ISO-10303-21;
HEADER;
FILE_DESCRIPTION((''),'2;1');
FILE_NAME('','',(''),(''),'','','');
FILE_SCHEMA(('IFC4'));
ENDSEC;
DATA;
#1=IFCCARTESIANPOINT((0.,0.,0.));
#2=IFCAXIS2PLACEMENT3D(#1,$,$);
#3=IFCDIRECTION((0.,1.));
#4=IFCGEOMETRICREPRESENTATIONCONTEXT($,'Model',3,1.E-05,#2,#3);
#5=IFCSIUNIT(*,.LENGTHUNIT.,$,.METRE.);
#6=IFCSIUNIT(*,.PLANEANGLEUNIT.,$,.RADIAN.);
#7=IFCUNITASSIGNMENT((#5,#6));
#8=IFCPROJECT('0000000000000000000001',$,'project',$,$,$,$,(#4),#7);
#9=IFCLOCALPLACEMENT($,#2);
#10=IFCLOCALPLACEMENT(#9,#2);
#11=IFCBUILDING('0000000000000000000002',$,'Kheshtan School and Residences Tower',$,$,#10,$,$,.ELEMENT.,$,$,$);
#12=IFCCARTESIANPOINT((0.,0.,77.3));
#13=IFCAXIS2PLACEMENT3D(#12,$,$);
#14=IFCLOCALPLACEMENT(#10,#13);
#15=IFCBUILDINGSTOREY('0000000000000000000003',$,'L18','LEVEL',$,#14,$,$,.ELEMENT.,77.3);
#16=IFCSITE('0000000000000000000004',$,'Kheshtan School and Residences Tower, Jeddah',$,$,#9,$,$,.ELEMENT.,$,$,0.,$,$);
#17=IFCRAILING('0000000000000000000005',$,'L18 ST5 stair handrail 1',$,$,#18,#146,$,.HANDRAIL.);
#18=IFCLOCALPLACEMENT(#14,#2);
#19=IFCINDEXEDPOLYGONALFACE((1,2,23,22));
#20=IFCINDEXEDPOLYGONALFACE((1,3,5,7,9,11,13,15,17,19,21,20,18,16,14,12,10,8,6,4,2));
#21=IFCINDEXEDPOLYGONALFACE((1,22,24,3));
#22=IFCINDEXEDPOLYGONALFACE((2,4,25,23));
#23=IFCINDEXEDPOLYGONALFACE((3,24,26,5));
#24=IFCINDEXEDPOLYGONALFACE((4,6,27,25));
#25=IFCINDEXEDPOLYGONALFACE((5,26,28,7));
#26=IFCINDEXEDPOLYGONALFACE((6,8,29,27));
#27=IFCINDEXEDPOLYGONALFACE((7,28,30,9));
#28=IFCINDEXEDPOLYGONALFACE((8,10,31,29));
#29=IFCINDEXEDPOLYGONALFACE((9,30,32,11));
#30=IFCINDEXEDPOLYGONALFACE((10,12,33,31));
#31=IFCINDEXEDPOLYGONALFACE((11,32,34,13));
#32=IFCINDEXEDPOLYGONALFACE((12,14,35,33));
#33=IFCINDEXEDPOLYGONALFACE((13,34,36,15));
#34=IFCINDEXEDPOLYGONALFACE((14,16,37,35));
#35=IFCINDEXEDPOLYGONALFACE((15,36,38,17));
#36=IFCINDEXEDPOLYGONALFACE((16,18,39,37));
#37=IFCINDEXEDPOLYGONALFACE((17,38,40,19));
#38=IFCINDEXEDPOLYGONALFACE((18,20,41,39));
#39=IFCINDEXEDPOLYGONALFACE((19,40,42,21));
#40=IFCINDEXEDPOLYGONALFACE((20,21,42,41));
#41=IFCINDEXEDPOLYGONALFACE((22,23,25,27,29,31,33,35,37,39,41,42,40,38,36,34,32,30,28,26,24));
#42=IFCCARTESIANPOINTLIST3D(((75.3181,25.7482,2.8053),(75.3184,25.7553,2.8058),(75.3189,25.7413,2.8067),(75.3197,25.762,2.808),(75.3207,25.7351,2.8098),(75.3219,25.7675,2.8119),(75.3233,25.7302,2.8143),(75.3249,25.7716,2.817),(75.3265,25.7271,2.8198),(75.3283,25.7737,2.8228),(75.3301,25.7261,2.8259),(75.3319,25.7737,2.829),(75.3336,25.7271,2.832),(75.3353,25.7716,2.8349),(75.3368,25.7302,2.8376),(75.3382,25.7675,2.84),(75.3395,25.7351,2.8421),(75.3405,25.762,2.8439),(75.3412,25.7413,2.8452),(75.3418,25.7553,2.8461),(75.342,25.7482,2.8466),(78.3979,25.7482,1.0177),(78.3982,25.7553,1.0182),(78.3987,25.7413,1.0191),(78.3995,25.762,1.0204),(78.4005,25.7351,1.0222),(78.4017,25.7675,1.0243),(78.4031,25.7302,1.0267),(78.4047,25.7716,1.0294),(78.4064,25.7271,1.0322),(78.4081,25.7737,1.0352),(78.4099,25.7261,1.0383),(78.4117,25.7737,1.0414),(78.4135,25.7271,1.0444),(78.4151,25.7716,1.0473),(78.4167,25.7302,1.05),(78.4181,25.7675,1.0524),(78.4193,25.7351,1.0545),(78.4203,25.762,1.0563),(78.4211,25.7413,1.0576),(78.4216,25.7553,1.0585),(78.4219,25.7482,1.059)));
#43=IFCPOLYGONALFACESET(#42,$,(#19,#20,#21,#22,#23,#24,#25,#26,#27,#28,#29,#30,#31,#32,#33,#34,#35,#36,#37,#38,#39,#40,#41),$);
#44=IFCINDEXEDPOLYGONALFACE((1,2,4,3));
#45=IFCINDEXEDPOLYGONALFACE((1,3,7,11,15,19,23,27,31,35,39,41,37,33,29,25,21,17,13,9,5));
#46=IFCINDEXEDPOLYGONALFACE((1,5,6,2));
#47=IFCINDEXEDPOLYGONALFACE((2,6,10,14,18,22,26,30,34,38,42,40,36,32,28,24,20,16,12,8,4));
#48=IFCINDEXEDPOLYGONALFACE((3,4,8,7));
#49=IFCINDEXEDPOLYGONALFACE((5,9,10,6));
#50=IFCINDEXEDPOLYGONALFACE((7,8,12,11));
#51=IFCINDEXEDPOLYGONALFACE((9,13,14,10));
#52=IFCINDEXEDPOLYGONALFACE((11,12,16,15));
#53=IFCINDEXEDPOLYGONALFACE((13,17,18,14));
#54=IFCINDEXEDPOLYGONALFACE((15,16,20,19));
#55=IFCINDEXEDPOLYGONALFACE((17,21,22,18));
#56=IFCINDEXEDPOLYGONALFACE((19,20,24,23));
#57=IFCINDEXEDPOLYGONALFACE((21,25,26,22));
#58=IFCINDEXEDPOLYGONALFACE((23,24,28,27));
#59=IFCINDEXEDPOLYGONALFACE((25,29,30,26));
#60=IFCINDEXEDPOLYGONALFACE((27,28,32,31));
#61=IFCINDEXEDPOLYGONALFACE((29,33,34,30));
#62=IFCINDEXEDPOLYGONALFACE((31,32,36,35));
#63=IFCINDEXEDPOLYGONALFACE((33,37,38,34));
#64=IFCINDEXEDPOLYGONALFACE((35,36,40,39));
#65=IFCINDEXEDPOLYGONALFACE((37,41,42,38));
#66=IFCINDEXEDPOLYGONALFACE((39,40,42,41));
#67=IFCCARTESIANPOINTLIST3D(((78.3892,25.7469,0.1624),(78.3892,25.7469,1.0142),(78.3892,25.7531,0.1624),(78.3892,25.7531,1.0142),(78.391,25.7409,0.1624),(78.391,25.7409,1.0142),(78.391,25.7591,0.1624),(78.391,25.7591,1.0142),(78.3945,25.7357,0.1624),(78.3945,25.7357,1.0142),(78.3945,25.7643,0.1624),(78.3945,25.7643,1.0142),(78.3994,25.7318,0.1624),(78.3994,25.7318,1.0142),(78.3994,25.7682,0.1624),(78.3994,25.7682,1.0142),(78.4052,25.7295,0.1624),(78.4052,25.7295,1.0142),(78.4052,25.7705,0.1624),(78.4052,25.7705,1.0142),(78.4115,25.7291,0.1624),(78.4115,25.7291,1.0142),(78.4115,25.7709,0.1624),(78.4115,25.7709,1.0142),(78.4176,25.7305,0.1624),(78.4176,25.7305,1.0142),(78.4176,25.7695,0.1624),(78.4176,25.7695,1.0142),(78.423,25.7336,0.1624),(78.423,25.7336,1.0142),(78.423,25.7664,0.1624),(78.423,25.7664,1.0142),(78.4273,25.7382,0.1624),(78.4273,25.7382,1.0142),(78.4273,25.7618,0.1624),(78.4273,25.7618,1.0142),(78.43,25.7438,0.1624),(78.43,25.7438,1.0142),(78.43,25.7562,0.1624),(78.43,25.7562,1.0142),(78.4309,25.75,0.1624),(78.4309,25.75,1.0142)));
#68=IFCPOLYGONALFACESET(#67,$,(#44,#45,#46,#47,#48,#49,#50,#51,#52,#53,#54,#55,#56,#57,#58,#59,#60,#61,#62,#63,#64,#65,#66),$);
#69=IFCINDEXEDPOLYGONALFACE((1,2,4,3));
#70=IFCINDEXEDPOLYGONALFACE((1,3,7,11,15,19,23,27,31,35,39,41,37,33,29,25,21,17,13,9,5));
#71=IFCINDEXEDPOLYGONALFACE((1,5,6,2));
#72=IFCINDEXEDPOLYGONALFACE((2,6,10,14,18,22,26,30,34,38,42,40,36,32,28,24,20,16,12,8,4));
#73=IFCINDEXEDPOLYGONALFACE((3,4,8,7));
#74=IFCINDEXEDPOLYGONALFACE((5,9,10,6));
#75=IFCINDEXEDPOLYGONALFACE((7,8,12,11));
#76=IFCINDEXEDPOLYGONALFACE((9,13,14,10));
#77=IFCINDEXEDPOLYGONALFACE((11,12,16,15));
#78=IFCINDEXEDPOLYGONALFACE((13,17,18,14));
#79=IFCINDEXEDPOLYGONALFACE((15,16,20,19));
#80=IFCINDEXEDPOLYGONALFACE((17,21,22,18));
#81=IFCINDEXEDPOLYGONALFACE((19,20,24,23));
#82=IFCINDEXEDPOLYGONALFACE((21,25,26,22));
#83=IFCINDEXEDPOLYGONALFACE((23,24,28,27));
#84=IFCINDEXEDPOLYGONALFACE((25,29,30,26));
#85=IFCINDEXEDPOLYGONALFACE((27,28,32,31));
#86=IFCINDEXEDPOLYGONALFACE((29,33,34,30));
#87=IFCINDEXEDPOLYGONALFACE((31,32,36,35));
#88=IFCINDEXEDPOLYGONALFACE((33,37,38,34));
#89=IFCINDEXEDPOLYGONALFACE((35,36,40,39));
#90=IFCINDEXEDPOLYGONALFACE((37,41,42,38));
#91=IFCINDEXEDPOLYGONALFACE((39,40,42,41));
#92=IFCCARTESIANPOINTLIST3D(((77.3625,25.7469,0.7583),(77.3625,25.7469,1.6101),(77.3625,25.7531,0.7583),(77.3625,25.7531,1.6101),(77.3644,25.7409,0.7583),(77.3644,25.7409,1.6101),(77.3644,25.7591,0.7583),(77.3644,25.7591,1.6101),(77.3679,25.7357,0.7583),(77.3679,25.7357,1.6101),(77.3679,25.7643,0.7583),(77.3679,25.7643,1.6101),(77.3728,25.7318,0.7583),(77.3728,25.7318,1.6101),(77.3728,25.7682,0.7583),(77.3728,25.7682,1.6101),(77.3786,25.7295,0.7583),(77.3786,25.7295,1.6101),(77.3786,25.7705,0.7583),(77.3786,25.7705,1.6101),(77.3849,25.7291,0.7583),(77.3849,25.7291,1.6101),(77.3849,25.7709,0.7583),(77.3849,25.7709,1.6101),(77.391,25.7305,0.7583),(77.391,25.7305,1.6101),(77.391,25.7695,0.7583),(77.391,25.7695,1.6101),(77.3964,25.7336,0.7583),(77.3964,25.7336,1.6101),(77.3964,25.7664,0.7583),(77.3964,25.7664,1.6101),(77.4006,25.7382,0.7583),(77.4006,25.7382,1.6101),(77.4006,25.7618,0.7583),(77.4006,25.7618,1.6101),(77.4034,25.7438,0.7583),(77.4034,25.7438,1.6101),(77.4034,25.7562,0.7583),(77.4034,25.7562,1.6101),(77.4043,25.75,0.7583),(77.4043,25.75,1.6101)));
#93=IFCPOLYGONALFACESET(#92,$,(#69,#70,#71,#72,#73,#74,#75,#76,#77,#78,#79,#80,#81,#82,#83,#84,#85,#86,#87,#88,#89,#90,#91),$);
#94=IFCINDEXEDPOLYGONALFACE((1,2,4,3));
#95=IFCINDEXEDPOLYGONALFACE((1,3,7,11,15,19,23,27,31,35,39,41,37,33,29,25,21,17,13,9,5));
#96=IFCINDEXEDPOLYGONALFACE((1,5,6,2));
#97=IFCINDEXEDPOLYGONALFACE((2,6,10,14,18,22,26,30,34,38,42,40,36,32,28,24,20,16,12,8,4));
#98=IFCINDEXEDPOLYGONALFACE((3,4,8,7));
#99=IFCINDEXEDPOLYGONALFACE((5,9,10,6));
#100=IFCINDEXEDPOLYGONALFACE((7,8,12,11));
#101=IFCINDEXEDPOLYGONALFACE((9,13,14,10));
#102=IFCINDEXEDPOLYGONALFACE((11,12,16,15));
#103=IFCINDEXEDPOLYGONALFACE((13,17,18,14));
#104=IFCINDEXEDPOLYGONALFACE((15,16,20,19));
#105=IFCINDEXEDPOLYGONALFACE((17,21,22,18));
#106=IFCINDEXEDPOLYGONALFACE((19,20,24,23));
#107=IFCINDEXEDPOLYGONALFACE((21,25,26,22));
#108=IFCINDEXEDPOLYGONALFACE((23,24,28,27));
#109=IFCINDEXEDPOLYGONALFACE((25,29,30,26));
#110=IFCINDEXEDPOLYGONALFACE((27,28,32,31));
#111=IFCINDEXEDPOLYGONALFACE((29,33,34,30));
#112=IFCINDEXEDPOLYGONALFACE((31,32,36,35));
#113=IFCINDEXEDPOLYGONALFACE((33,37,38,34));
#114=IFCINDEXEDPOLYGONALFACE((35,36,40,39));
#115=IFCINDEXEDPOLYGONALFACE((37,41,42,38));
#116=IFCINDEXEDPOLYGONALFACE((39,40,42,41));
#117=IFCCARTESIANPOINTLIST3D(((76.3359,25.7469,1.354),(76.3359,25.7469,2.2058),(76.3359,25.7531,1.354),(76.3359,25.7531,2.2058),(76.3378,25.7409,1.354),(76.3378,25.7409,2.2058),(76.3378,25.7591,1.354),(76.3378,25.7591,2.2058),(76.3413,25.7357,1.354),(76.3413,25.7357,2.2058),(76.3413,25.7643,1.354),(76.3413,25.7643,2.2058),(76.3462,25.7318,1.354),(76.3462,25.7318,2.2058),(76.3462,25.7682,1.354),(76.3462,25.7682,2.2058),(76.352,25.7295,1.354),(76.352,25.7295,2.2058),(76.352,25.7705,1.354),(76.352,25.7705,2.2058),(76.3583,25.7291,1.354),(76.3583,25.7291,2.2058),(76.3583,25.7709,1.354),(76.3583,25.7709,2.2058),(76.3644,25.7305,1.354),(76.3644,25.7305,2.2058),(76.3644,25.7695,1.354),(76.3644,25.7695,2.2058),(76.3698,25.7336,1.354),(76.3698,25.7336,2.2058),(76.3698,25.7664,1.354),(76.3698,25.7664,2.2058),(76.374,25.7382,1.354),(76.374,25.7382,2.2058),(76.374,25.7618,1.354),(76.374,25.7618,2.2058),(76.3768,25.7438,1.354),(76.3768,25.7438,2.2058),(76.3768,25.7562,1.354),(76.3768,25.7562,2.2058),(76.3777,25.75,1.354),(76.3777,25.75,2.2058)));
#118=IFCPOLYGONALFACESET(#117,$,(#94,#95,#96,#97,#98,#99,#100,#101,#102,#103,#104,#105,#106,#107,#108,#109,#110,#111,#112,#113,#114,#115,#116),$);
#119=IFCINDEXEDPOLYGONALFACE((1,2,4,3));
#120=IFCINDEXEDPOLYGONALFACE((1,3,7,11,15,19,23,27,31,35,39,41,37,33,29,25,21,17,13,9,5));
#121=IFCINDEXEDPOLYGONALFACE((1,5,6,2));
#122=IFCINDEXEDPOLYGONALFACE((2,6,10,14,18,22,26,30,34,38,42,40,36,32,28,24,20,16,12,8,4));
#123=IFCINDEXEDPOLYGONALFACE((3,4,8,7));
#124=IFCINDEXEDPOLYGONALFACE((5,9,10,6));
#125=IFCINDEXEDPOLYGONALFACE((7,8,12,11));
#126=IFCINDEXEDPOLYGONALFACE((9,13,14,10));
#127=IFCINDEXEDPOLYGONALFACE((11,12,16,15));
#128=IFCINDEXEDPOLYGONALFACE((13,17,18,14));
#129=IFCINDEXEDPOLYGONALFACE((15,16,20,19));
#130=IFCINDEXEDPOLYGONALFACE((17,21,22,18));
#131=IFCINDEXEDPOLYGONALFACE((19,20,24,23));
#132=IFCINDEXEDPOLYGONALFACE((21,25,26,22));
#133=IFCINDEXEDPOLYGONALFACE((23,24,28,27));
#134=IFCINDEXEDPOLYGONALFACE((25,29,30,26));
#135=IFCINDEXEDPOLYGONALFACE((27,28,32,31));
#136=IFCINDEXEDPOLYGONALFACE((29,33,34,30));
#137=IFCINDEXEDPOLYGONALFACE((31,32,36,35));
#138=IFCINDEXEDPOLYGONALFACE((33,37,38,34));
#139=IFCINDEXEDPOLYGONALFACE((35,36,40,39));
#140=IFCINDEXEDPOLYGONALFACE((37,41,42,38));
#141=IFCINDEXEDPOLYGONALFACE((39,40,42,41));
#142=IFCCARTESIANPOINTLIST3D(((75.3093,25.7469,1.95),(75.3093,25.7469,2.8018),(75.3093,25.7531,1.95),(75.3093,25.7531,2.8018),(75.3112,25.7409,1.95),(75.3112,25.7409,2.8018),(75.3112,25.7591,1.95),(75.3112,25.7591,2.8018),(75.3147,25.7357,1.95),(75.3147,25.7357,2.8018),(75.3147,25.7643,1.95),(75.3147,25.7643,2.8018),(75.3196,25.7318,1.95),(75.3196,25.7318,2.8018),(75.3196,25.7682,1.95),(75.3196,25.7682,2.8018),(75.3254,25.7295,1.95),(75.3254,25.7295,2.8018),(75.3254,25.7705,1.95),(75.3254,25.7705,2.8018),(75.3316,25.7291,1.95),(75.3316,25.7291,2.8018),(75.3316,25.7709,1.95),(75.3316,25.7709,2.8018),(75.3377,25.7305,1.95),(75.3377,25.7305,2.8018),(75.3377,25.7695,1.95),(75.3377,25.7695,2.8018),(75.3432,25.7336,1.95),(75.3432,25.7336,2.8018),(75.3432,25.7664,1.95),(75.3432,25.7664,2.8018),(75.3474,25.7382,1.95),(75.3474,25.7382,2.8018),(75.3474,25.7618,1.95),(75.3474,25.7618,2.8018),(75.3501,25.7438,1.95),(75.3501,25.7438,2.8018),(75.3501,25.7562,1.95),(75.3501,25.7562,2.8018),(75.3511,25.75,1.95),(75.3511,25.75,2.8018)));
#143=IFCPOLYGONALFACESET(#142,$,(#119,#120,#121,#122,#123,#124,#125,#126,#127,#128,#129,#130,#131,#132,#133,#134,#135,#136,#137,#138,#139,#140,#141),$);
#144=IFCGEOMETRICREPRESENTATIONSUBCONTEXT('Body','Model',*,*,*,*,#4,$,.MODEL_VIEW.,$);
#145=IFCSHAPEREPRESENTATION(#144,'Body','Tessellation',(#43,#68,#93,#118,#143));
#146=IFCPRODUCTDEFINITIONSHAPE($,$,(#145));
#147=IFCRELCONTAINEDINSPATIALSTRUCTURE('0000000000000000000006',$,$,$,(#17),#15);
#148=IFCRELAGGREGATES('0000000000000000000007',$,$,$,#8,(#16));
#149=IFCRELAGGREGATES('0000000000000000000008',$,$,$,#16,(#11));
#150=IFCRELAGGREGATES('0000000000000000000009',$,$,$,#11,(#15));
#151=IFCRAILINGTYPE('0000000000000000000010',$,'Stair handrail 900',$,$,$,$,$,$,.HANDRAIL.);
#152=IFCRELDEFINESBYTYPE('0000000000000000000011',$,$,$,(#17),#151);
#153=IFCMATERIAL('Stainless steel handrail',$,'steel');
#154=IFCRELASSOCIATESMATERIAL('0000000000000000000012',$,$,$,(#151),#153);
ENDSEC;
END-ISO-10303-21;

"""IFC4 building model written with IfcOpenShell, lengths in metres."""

from ifc_helpers import new_model, si_unit, direction, frame, origin, origin_2d, place, context, subcontext, project, spatial, circle, extrude, material, type_object, element, save


model = new_model("IFC4")

# Units and contexts
model_context = context("Model", 3, precision=1e-05, world=origin(), true_north=direction((0.0, 1.0)))
body_context = subcontext(model_context, "Body", "Model", "MODEL_VIEW")
ifc_project = project(units=[si_unit("LENGTHUNIT", "METRE"), si_unit("PLANEANGLEUNIT", "RADIAN")], contexts=[model_context])

# Site, building, storey
site_placement = place(None, origin())
site = spatial("IfcSite", under=ifc_project, at=site_placement, Name="Kheshtan School and Residences Tower, Jeddah", CompositionType="ELEMENT", RefElevation=0.0)
building_placement = place(site_placement, origin())
building = spatial("IfcBuilding", under=site, at=building_placement, Name="Kheshtan School and Residences Tower", CompositionType="ELEMENT")
storey_placement = place(building_placement, frame((0.0, 0.0, 77.3)))
storey = spatial("IfcBuildingStorey", under=building, at=storey_placement, Name="L18", Description="LEVEL", CompositionType="ELEMENT", Elevation=77.3)

# Railing
ifc_material_1 = material(Name="Stainless steel handrail", Category="steel")
railing_type_1 = type_object("IfcRailingType", Name="Stair handrail 900", PredefinedType="HANDRAIL", material=ifc_material_1)
railing_1_placement = place(storey_placement, frame((78.4099, 25.75, 0.1624)))
element("IfcRailing", 1, at=railing_1_placement, inside=storey, type_object=railing_type_1, Name="L18 ST5 stair handrail 1", PredefinedType="HANDRAIL", context=body_context, shape_type="SweptSolid", body=[
    extrude(circle(Radius=0.0239, at=origin_2d()), frame((0.0, 0.0, 0.876), z_axis=(-0.864873, 0.0, 0.50199), x_axis=(0.0, -1.0, 0.0)), (0.0, 0.0, 1.0), 3.561),
    extrude(circle(Radius=0.021, at=origin_2d()), origin(), (0.0, 0.0, 1.0), 0.8518),
    extrude(circle(Radius=0.021, at=origin_2d()), frame((-1.0266, 0.0, 0.5959)), (0.0, 0.0, 1.0), 0.8518),
    extrude(circle(Radius=0.021, at=origin_2d()), frame((-2.0532, 0.0, 1.1917)), (0.0, 0.0, 1.0), 0.8518),
    extrude(circle(Radius=0.021, at=origin_2d()), frame((-3.0798, 0.0, 1.7876)), (0.0, 0.0, 1.0), 0.8518),
])

save(model, "model.ifc")
